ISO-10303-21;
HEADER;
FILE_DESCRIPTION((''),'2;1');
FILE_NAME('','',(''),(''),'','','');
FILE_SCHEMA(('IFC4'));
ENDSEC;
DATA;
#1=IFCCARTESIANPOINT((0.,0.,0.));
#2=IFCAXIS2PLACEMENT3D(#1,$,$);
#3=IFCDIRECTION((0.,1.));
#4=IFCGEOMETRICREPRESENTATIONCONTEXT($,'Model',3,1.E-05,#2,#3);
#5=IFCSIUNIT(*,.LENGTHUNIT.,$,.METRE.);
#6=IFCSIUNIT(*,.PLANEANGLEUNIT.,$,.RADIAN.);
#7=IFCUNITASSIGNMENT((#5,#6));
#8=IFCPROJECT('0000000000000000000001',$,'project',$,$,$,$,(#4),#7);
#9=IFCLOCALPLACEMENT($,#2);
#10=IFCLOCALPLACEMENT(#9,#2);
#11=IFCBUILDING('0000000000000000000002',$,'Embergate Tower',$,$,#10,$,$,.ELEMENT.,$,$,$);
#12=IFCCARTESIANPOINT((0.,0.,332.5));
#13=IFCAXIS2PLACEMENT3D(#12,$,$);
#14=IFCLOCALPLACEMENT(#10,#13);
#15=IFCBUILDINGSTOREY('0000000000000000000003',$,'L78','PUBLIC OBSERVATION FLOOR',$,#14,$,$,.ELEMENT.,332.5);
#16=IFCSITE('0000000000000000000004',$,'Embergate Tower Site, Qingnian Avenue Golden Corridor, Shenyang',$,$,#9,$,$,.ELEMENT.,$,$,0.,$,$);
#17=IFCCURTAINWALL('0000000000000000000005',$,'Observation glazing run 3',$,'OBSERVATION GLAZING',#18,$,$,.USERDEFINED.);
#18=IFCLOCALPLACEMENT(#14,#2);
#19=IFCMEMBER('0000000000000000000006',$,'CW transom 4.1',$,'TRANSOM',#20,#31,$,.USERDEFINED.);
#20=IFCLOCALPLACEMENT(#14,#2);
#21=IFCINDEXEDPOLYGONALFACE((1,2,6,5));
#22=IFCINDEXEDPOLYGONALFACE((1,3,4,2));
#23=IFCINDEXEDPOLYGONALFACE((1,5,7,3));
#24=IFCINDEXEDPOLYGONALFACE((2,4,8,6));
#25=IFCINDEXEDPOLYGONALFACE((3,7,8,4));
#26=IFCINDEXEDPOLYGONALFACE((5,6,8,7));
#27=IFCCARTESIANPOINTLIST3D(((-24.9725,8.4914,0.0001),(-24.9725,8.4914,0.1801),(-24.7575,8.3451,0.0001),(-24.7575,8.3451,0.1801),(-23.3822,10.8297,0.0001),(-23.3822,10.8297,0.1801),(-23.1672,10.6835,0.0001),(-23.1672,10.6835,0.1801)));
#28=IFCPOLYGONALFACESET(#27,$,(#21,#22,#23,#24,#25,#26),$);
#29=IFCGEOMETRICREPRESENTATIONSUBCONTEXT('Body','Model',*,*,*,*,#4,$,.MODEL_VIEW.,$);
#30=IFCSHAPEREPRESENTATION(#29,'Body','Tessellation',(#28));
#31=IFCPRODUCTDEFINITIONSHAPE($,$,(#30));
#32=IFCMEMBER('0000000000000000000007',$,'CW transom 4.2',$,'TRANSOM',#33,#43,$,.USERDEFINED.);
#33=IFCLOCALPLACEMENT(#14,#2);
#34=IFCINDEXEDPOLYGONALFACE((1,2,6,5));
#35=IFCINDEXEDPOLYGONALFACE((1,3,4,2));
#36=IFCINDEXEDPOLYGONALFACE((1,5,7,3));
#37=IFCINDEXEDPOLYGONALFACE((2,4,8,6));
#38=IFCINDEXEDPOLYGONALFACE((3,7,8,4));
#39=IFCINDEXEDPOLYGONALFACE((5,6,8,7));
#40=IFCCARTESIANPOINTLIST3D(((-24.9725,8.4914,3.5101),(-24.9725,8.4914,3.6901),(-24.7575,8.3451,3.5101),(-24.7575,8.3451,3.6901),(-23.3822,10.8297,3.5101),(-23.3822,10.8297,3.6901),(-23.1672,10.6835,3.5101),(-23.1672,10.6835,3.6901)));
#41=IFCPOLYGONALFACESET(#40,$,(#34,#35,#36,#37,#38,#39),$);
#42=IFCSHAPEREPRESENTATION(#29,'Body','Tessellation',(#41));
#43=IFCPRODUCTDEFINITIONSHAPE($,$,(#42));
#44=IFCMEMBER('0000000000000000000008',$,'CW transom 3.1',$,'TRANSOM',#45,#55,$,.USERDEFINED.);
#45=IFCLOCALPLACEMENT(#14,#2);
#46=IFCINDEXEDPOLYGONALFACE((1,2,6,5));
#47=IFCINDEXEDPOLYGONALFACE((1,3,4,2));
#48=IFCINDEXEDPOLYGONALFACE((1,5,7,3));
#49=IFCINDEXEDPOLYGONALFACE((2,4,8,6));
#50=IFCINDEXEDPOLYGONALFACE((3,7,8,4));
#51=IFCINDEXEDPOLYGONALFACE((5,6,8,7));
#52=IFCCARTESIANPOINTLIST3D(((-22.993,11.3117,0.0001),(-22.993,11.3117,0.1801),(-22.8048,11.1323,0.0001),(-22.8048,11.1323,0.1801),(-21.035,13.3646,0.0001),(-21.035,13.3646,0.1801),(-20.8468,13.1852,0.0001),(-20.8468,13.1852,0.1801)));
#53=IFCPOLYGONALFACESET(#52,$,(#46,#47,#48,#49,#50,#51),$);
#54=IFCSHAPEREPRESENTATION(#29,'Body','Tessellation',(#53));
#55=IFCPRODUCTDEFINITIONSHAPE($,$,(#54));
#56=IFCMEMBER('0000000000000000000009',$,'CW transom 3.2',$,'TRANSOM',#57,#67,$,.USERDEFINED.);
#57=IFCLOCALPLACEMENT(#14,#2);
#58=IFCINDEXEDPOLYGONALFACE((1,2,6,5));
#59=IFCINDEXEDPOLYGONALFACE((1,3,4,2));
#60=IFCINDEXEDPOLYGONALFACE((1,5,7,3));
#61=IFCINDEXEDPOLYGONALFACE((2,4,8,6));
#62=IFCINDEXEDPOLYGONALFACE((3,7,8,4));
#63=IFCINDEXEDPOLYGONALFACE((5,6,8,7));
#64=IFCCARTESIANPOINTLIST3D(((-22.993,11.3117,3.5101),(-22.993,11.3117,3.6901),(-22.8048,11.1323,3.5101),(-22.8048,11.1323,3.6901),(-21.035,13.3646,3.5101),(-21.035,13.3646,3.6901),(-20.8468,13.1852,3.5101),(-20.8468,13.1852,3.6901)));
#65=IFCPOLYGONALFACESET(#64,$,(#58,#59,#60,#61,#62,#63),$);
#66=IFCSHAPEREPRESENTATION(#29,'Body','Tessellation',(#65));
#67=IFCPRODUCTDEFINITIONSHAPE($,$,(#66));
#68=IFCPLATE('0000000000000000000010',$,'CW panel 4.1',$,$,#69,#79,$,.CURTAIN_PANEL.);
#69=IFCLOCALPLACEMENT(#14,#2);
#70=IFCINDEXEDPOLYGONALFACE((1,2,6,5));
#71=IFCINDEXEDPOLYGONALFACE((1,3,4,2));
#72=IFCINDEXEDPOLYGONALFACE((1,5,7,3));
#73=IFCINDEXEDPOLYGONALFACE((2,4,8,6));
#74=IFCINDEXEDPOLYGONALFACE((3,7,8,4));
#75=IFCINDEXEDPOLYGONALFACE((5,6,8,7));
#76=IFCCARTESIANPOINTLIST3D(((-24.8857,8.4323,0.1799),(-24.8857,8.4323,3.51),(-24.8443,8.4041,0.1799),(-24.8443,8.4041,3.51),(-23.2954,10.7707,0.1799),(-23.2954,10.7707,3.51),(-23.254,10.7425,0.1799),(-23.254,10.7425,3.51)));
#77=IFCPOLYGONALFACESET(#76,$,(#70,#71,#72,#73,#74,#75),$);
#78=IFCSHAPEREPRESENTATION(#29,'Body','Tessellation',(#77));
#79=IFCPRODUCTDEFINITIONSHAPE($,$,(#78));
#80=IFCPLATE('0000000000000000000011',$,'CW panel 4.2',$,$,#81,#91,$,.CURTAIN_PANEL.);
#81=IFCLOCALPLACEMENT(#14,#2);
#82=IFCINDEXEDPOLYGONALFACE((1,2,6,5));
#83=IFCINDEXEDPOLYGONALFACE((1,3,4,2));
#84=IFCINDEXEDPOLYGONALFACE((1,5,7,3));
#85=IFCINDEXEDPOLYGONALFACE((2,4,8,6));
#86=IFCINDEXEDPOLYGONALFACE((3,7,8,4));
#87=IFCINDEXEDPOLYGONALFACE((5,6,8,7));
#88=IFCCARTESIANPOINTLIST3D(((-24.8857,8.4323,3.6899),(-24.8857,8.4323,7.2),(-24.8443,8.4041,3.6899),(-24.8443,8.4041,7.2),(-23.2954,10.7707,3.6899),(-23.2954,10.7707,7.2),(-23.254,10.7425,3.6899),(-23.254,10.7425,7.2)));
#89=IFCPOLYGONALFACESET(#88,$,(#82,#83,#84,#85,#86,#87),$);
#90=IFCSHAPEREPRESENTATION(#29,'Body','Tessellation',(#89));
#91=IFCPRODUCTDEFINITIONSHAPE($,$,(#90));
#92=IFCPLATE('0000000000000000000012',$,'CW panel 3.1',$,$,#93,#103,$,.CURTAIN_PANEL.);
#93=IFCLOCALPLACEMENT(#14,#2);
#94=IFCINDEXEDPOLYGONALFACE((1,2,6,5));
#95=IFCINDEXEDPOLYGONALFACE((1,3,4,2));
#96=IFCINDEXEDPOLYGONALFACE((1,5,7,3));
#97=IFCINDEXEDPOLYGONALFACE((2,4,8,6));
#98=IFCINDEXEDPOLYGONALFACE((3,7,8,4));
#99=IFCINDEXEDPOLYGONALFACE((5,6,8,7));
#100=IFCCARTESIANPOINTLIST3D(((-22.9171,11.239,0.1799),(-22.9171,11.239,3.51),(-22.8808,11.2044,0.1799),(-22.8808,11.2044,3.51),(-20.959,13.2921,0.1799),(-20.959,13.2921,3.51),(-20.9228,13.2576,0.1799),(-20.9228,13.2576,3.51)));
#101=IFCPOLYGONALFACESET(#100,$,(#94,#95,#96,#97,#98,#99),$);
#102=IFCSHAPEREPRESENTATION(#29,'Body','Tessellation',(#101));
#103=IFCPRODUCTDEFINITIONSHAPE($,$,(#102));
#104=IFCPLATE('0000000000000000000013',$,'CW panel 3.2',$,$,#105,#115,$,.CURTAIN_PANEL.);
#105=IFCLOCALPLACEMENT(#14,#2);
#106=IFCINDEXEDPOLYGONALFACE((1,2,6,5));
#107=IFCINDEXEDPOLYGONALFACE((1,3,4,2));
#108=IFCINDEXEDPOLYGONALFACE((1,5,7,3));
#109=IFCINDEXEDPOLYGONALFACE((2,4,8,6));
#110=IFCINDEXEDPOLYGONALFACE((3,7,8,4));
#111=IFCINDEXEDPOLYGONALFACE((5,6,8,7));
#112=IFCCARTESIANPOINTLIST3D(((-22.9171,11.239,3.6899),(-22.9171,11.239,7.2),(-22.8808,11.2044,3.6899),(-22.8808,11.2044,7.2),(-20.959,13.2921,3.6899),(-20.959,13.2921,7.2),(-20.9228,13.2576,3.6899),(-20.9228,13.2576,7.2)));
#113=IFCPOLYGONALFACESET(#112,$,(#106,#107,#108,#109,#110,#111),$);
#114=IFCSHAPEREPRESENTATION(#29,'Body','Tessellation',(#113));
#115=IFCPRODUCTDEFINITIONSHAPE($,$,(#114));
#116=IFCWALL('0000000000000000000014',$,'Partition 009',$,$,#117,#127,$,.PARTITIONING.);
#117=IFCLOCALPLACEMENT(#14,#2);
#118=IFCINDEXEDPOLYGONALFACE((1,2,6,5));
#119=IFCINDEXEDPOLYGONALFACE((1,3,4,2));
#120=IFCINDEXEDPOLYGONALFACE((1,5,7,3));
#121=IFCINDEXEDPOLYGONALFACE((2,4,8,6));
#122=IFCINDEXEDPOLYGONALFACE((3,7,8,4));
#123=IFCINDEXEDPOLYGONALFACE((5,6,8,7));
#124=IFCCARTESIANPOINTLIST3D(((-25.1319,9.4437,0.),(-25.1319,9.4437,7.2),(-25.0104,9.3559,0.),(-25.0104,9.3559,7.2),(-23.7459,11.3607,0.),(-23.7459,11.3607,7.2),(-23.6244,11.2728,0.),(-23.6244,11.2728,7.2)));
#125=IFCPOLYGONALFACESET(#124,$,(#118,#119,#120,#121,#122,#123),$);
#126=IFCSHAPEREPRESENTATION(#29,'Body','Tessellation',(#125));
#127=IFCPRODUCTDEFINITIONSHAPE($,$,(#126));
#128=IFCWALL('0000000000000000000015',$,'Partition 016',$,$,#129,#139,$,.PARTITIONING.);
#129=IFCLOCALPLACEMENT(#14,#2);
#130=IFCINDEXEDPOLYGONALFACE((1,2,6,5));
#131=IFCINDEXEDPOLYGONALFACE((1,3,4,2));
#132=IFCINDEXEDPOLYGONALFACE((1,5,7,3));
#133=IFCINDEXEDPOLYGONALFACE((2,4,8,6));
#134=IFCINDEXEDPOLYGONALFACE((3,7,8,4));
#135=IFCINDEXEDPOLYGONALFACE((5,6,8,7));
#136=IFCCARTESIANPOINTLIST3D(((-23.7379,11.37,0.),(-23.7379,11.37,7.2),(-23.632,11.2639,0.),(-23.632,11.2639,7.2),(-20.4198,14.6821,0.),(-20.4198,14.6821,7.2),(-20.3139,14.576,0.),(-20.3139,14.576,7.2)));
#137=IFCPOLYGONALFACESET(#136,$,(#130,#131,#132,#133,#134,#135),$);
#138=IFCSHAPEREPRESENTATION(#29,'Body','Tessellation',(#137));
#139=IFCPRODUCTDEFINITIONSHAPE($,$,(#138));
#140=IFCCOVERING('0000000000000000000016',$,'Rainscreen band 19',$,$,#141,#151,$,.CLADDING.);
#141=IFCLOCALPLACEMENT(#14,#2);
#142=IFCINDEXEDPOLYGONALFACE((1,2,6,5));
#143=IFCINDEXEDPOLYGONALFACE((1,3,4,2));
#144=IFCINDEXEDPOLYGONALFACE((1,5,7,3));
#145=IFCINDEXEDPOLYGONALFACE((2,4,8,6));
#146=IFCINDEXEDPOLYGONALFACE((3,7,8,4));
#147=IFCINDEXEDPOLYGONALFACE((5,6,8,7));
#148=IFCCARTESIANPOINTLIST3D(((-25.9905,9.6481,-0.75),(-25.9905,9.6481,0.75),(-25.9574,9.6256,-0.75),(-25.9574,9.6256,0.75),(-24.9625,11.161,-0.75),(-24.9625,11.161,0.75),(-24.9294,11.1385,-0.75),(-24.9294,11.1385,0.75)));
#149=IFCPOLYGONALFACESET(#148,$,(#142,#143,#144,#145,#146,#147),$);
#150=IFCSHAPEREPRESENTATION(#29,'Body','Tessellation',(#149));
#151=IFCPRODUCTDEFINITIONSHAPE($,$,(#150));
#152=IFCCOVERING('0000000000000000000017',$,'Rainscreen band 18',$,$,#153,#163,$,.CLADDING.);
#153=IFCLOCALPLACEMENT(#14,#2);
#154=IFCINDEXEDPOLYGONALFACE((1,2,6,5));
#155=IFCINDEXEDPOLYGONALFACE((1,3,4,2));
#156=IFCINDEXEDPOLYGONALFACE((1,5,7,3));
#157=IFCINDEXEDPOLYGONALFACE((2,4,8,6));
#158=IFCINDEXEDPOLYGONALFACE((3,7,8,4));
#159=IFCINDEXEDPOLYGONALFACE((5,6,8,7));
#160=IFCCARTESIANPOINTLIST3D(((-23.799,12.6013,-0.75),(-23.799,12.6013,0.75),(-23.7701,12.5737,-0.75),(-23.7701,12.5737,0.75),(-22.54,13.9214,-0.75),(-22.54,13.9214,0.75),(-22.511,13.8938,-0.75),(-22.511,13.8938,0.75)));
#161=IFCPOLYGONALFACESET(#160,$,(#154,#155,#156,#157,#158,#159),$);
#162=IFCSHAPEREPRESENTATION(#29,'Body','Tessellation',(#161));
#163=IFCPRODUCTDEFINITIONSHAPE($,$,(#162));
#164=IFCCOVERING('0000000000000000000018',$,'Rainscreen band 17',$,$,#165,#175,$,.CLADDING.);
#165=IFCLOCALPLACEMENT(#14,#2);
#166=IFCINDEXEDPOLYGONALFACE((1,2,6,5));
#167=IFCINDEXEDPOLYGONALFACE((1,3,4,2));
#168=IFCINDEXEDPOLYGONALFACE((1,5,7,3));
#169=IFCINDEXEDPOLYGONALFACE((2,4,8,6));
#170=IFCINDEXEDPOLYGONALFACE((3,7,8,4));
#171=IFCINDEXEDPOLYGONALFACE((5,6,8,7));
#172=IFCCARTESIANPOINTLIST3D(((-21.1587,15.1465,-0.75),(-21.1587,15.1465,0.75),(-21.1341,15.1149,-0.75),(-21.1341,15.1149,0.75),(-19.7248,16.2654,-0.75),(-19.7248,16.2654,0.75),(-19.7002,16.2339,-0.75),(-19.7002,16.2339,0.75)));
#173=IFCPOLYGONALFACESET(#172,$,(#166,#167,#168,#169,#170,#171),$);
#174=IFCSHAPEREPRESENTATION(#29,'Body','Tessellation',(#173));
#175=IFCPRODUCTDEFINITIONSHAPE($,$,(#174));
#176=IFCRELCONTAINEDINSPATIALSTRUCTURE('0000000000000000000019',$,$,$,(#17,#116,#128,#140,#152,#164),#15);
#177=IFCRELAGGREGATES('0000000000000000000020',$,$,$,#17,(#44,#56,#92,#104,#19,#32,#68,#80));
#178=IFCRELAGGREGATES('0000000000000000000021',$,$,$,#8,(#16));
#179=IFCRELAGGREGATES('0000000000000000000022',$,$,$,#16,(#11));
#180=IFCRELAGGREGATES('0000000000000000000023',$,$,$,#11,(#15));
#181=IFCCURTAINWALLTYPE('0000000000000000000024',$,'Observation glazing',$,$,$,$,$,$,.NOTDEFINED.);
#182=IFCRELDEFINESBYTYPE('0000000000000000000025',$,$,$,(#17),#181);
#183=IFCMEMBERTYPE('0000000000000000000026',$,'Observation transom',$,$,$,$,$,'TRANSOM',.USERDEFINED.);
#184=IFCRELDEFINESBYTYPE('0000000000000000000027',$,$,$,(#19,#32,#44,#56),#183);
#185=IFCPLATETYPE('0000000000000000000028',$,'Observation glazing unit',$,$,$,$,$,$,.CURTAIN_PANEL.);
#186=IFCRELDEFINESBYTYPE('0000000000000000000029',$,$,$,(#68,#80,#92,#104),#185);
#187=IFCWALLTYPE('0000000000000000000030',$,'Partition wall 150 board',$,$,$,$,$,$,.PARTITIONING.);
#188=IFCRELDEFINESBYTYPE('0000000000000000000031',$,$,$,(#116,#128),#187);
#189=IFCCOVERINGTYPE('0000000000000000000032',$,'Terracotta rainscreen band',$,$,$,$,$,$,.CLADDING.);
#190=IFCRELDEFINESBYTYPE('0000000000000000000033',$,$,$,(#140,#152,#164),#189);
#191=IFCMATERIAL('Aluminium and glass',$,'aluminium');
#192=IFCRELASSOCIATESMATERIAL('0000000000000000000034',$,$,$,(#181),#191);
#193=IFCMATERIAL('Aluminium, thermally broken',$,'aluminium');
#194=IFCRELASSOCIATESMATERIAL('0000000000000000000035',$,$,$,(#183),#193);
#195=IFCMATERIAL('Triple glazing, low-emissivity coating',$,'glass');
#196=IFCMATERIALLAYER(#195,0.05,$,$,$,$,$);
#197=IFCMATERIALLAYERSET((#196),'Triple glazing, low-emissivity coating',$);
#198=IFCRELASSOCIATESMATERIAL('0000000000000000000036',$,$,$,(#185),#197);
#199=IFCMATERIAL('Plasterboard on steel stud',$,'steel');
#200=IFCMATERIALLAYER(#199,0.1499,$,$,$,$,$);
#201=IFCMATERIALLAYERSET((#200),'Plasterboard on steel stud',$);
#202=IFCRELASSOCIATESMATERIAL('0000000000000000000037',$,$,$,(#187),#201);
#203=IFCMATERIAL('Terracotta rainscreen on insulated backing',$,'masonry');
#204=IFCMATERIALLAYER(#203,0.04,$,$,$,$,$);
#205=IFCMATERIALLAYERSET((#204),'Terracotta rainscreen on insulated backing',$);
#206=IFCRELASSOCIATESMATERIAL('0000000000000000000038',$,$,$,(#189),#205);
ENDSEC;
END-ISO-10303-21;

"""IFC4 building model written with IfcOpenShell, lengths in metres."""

from ifc_helpers import new_model, si_unit, direction, frame, frame_2d, origin, origin_2d, place, context, subcontext, project, spatial, rectangle, extrude, source, transform, mapped, material, layer, layer_set, material_profile, profile_set, type_object, element, aggregate, save


model = new_model("IFC4")

# Units and contexts
model_context = context("Model", 3, precision=1e-05, world=origin(), true_north=direction((0.0, 1.0)))
body_context = subcontext(model_context, "Body", "Model", "MODEL_VIEW")
ifc_project = project(units=[si_unit("LENGTHUNIT", "METRE"), si_unit("PLANEANGLEUNIT", "RADIAN")], contexts=[model_context])

# Site, building, storey
site_placement = place(None, origin())
site = spatial("IfcSite", under=ifc_project, at=site_placement, Name="Embergate Tower Site, Qingnian Avenue Golden Corridor, Shenyang", CompositionType="ELEMENT", RefElevation=0.0)
building_placement = place(site_placement, origin())
building = spatial("IfcBuilding", under=site, at=building_placement, Name="Embergate Tower", CompositionType="ELEMENT")
storey_placement = place(building_placement, frame((0.0, 0.0, 332.5)))
storey = spatial("IfcBuildingStorey", under=building, at=storey_placement, Name="L78", Description="PUBLIC OBSERVATION FLOOR", CompositionType="ELEMENT", Elevation=332.5)

# Curtain wall, members, plates
ifc_material_1 = material(Name="Aluminium and glass", Category="aluminium")
curtain_wall_type = type_object("IfcCurtainWallType", Name="Observation glazing", PredefinedType="NOTDEFINED", material=ifc_material_1)
curtain_wall_placement = place(storey_placement, origin())
curtain_wall = element("IfcCurtainWall", 1, at=curtain_wall_placement, inside=storey, type_object=curtain_wall_type, Name="Observation glazing run 3", ObjectType="OBSERVATION GLAZING", PredefinedType="USERDEFINED")
ifc_material_2 = material(Name="Aluminium, thermally broken", Category="aluminium")
ifc_material_profile_1 = material_profile(ifc_material_2, rectangle(XDim=0.26, YDim=0.1799, at=origin_2d()), Name="AL 180x260")
ifc_profile_set_1 = profile_set([ifc_material_profile_1], Name="Aluminium, thermally broken")
member_type_1 = type_object("IfcMemberType", Name="Observation transom", ElementType="TRANSOM", PredefinedType="USERDEFINED", material=ifc_profile_set_1)
shared_shape_1 = source(origin(), body_context, "Body", "SweptSolid", [
    extrude(rectangle(XDim=0.26, YDim=0.1799, at=origin_2d()), origin(), (0.0, 0.0, 1.0), 2.8279),
])
member_1_placement = place(storey_placement, frame((-23.2747, 10.7566, 0.0901), z_axis=(-0.562367, -0.826888, 0.0), x_axis=(0.826888, -0.562367, 0.0)))
member_1 = element("IfcMember", 2, at=member_1_placement, type_object=member_type_1, Name="CW transom 4.1", ObjectType="TRANSOM", PredefinedType="USERDEFINED", context=body_context, shape_type="MappedRepresentation", body=[
    mapped(shared_shape_1, transform((0.0, 0.0, 0.0))),
])
member_2_placement = place(storey_placement, frame((-23.2747, 10.7566, 3.6001), z_axis=(-0.562367, -0.826888, 0.0), x_axis=(0.826888, -0.562367, 0.0)))
member_2 = element("IfcMember", 3, at=member_2_placement, type_object=member_type_1, Name="CW transom 4.2", ObjectType="TRANSOM", PredefinedType="USERDEFINED", context=body_context, shape_type="MappedRepresentation", body=[
    mapped(shared_shape_1, transform((0.0, 0.0, 0.0))),
])
shared_shape_2 = source(origin(), body_context, "Body", "SweptSolid", [
    extrude(rectangle(XDim=0.26, YDim=0.1799, at=origin_2d()), origin(), (0.0, 0.0, 1.0), 2.8369),
])
member_3_placement = place(storey_placement, frame((-20.9409, 13.2749, 0.0901), z_axis=(-0.690171, -0.723647, 0.0), x_axis=(0.723647, -0.690171, 0.0)))
member_3 = element("IfcMember", 4, at=member_3_placement, type_object=member_type_1, Name="CW transom 3.1", ObjectType="TRANSOM", PredefinedType="USERDEFINED", context=body_context, shape_type="MappedRepresentation", body=[
    mapped(shared_shape_2, transform((0.0, 0.0, 0.0))),
])
member_4_placement = place(storey_placement, frame((-20.9409, 13.2749, 3.6001), z_axis=(-0.690171, -0.723647, 0.0), x_axis=(0.723647, -0.690171, 0.0)))
member_4 = element("IfcMember", 5, at=member_4_placement, type_object=member_type_1, Name="CW transom 3.2", ObjectType="TRANSOM", PredefinedType="USERDEFINED", context=body_context, shape_type="MappedRepresentation", body=[
    mapped(shared_shape_2, transform((0.0, 0.0, 0.0))),
])
ifc_material_3 = material(Name="Triple glazing, low-emissivity coating", Category="glass")
ifc_layer_1 = layer(ifc_material_3, 0.05)
ifc_layer_set_1 = layer_set([ifc_layer_1], Name="Triple glazing, low-emissivity coating")
plate_type = type_object("IfcPlateType", Name="Observation glazing unit", PredefinedType="CURTAIN_PANEL", material=ifc_layer_set_1)
shared_shape_3 = source(origin(), body_context, "Body", "SweptSolid", [
    extrude(rectangle(XDim=2.8279, YDim=0.05, at=origin_2d()), origin(), (0.0, 0.0, 1.0), 3.3301),
])
plate_1_placement = place(storey_placement, frame((-24.0698, 9.5874, 0.1799), z_axis=(0.0, 0.0, 1.0), x_axis=(-0.562353, -0.826897, 0.0)))
plate_1 = element("IfcPlate", 6, at=plate_1_placement, type_object=plate_type, Name="CW panel 4.1", PredefinedType="CURTAIN_PANEL", context=body_context, shape_type="MappedRepresentation", body=[
    mapped(shared_shape_3, transform((0.0, 0.0, 0.0))),
])
shared_shape_4 = source(origin(), body_context, "Body", "SweptSolid", [
    extrude(rectangle(XDim=2.8279, YDim=0.05, at=origin_2d()), origin(), (0.0, 0.0, 1.0), 3.51),
])
plate_2_placement = place(storey_placement, frame((-24.0698, 9.5874, 3.6899), z_axis=(0.0, 0.0, 1.0), x_axis=(-0.562353, -0.826897, 0.0)))
plate_2 = element("IfcPlate", 7, at=plate_2_placement, type_object=plate_type, Name="CW panel 4.2", PredefinedType="CURTAIN_PANEL", context=body_context, shape_type="MappedRepresentation", body=[
    mapped(shared_shape_4, transform((0.0, 0.0, 0.0))),
])
shared_shape_5 = source(origin(), body_context, "Body", "SweptSolid", [
    extrude(rectangle(XDim=2.8372, YDim=0.05, at=origin_2d()), origin(), (0.0, 0.0, 1.0), 3.3301),
])
plate_3_placement = place(storey_placement, frame((-21.9199, 12.2483, 0.1799), z_axis=(0.0, 0.0, 1.0), x_axis=(-0.690143, -0.723673, 0.0)))
plate_3 = element("IfcPlate", 8, at=plate_3_placement, type_object=plate_type, Name="CW panel 3.1", PredefinedType="CURTAIN_PANEL", context=body_context, shape_type="MappedRepresentation", body=[
    mapped(shared_shape_5, transform((0.0, 0.0, 0.0))),
])
shared_shape_6 = source(origin(), body_context, "Body", "SweptSolid", [
    extrude(rectangle(XDim=2.8372, YDim=0.05, at=origin_2d()), origin(), (0.0, 0.0, 1.0), 3.51),
])
plate_4_placement = place(storey_placement, frame((-21.9199, 12.2483, 3.6899), z_axis=(0.0, 0.0, 1.0), x_axis=(-0.690143, -0.723673, 0.0)))
plate_4 = element("IfcPlate", 9, at=plate_4_placement, type_object=plate_type, Name="CW panel 3.2", PredefinedType="CURTAIN_PANEL", context=body_context, shape_type="MappedRepresentation", body=[
    mapped(shared_shape_6, transform((0.0, 0.0, 0.0))),
])
aggregate(curtain_wall, [member_3, member_4, plate_3, plate_4, member_1, member_2, plate_1, plate_2])

# Walls
ifc_material_4 = material(Name="Plasterboard on steel stud", Category="steel")
ifc_layer_2 = layer(ifc_material_4, 0.1499)
ifc_layer_set_2 = layer_set([ifc_layer_2], Name="Plasterboard on steel stud")
wall_type = type_object("IfcWallType", Name="Partition wall 150 board", PredefinedType="PARTITIONING", material=ifc_layer_set_2)
shared_shape_7 = source(origin(), body_context, "Body", "SweptSolid", [
    extrude(rectangle(XDim=2.3655, YDim=0.1499, at=frame_2d((1.1826, 0.0))), origin(), (0.0, 0.0, 1.0), 7.2),
])
wall_1_placement = place(storey_placement, frame((-25.071, 9.3999, 0.0), z_axis=(0.0, 0.0, 1.0), x_axis=(0.585905, 0.81038, 0.0)))
element("IfcWall", 10, at=wall_1_placement, inside=storey, type_object=wall_type, Name="Partition 009", PredefinedType="PARTITIONING", context=body_context, shape_type="MappedRepresentation", body=[
    mapped(shared_shape_7, transform((0.0, 0.0, 0.0))),
])
shared_shape_8 = source(origin(), body_context, "Body", "SweptSolid", [
    extrude(rectangle(XDim=4.6882, YDim=0.1499, at=frame_2d((2.3442, 0.0))), origin(), (0.0, 0.0, 1.0), 7.2),
])
wall_2_placement = place(storey_placement, frame((-23.6851, 11.3169, 0.0), z_axis=(0.0, 0.0, 1.0), x_axis=(0.707757, 0.706456, 0.0)))
element("IfcWall", 11, at=wall_2_placement, inside=storey, type_object=wall_type, Name="Partition 016", PredefinedType="PARTITIONING", context=body_context, shape_type="MappedRepresentation", body=[
    mapped(shared_shape_8, transform((0.0, 0.0, 0.0))),
])

# Coverings
ifc_material_5 = material(Name="Terracotta rainscreen on insulated backing", Category="masonry")
ifc_layer_3 = layer(ifc_material_5, 0.04)
ifc_layer_set_3 = layer_set([ifc_layer_3], Name="Terracotta rainscreen on insulated backing")
covering_type = type_object("IfcCoveringType", Name="Terracotta rainscreen band", PredefinedType="CLADDING", material=ifc_layer_set_3)
shared_shape_9 = source(origin(), body_context, "Body", "SweptSolid", [
    extrude(rectangle(XDim=1.8291, YDim=0.04, at=origin_2d()), origin(), (0.0, 0.0, 1.0), 1.5),
])
covering_1_placement = place(storey_placement, frame((-25.46, 10.3933, -0.75), z_axis=(0.0, 0.0, 1.0), x_axis=(-0.561995, -0.82714, 0.0)))
element("IfcCovering", 12, at=covering_1_placement, inside=storey, type_object=covering_type, Name="Rainscreen band 19", PredefinedType="CLADDING", context=body_context, shape_type="MappedRepresentation", body=[
    mapped(shared_shape_9, transform((0.0, 0.0, 0.0))),
])
shared_shape_10 = source(origin(), body_context, "Body", "SweptSolid", [
    extrude(rectangle(XDim=1.8242, YDim=0.04, at=origin_2d()), origin(), (0.0, 0.0, 1.0), 1.5),
])
covering_2_placement = place(storey_placement, frame((-23.155, 13.2476, -0.75), z_axis=(0.0, 0.0, 1.0), x_axis=(-0.690189, -0.723629, 0.0)))
element("IfcCovering", 13, at=covering_2_placement, inside=storey, type_object=covering_type, Name="Rainscreen band 18", PredefinedType="CLADDING", context=body_context, shape_type="MappedRepresentation", body=[
    mapped(shared_shape_10, transform((0.0, 0.0, 0.0))),
])
shared_shape_11 = source(origin(), body_context, "Body", "SweptSolid", [
    extrude(rectangle(XDim=1.8188, YDim=0.04, at=origin_2d()), origin(), (0.0, 0.0, 1.0), 1.5),
])
covering_3_placement = place(storey_placement, frame((-20.4294, 15.6902, -0.75), z_axis=(0.0, 0.0, 1.0), x_axis=(-0.788374, -0.615197, 0.0)))
element("IfcCovering", 14, at=covering_3_placement, inside=storey, type_object=covering_type, Name="Rainscreen band 17", PredefinedType="CLADDING", context=body_context, shape_type="MappedRepresentation", body=[
    mapped(shared_shape_11, transform((0.0, 0.0, 0.0))),
])

save(model, "model.ifc")
